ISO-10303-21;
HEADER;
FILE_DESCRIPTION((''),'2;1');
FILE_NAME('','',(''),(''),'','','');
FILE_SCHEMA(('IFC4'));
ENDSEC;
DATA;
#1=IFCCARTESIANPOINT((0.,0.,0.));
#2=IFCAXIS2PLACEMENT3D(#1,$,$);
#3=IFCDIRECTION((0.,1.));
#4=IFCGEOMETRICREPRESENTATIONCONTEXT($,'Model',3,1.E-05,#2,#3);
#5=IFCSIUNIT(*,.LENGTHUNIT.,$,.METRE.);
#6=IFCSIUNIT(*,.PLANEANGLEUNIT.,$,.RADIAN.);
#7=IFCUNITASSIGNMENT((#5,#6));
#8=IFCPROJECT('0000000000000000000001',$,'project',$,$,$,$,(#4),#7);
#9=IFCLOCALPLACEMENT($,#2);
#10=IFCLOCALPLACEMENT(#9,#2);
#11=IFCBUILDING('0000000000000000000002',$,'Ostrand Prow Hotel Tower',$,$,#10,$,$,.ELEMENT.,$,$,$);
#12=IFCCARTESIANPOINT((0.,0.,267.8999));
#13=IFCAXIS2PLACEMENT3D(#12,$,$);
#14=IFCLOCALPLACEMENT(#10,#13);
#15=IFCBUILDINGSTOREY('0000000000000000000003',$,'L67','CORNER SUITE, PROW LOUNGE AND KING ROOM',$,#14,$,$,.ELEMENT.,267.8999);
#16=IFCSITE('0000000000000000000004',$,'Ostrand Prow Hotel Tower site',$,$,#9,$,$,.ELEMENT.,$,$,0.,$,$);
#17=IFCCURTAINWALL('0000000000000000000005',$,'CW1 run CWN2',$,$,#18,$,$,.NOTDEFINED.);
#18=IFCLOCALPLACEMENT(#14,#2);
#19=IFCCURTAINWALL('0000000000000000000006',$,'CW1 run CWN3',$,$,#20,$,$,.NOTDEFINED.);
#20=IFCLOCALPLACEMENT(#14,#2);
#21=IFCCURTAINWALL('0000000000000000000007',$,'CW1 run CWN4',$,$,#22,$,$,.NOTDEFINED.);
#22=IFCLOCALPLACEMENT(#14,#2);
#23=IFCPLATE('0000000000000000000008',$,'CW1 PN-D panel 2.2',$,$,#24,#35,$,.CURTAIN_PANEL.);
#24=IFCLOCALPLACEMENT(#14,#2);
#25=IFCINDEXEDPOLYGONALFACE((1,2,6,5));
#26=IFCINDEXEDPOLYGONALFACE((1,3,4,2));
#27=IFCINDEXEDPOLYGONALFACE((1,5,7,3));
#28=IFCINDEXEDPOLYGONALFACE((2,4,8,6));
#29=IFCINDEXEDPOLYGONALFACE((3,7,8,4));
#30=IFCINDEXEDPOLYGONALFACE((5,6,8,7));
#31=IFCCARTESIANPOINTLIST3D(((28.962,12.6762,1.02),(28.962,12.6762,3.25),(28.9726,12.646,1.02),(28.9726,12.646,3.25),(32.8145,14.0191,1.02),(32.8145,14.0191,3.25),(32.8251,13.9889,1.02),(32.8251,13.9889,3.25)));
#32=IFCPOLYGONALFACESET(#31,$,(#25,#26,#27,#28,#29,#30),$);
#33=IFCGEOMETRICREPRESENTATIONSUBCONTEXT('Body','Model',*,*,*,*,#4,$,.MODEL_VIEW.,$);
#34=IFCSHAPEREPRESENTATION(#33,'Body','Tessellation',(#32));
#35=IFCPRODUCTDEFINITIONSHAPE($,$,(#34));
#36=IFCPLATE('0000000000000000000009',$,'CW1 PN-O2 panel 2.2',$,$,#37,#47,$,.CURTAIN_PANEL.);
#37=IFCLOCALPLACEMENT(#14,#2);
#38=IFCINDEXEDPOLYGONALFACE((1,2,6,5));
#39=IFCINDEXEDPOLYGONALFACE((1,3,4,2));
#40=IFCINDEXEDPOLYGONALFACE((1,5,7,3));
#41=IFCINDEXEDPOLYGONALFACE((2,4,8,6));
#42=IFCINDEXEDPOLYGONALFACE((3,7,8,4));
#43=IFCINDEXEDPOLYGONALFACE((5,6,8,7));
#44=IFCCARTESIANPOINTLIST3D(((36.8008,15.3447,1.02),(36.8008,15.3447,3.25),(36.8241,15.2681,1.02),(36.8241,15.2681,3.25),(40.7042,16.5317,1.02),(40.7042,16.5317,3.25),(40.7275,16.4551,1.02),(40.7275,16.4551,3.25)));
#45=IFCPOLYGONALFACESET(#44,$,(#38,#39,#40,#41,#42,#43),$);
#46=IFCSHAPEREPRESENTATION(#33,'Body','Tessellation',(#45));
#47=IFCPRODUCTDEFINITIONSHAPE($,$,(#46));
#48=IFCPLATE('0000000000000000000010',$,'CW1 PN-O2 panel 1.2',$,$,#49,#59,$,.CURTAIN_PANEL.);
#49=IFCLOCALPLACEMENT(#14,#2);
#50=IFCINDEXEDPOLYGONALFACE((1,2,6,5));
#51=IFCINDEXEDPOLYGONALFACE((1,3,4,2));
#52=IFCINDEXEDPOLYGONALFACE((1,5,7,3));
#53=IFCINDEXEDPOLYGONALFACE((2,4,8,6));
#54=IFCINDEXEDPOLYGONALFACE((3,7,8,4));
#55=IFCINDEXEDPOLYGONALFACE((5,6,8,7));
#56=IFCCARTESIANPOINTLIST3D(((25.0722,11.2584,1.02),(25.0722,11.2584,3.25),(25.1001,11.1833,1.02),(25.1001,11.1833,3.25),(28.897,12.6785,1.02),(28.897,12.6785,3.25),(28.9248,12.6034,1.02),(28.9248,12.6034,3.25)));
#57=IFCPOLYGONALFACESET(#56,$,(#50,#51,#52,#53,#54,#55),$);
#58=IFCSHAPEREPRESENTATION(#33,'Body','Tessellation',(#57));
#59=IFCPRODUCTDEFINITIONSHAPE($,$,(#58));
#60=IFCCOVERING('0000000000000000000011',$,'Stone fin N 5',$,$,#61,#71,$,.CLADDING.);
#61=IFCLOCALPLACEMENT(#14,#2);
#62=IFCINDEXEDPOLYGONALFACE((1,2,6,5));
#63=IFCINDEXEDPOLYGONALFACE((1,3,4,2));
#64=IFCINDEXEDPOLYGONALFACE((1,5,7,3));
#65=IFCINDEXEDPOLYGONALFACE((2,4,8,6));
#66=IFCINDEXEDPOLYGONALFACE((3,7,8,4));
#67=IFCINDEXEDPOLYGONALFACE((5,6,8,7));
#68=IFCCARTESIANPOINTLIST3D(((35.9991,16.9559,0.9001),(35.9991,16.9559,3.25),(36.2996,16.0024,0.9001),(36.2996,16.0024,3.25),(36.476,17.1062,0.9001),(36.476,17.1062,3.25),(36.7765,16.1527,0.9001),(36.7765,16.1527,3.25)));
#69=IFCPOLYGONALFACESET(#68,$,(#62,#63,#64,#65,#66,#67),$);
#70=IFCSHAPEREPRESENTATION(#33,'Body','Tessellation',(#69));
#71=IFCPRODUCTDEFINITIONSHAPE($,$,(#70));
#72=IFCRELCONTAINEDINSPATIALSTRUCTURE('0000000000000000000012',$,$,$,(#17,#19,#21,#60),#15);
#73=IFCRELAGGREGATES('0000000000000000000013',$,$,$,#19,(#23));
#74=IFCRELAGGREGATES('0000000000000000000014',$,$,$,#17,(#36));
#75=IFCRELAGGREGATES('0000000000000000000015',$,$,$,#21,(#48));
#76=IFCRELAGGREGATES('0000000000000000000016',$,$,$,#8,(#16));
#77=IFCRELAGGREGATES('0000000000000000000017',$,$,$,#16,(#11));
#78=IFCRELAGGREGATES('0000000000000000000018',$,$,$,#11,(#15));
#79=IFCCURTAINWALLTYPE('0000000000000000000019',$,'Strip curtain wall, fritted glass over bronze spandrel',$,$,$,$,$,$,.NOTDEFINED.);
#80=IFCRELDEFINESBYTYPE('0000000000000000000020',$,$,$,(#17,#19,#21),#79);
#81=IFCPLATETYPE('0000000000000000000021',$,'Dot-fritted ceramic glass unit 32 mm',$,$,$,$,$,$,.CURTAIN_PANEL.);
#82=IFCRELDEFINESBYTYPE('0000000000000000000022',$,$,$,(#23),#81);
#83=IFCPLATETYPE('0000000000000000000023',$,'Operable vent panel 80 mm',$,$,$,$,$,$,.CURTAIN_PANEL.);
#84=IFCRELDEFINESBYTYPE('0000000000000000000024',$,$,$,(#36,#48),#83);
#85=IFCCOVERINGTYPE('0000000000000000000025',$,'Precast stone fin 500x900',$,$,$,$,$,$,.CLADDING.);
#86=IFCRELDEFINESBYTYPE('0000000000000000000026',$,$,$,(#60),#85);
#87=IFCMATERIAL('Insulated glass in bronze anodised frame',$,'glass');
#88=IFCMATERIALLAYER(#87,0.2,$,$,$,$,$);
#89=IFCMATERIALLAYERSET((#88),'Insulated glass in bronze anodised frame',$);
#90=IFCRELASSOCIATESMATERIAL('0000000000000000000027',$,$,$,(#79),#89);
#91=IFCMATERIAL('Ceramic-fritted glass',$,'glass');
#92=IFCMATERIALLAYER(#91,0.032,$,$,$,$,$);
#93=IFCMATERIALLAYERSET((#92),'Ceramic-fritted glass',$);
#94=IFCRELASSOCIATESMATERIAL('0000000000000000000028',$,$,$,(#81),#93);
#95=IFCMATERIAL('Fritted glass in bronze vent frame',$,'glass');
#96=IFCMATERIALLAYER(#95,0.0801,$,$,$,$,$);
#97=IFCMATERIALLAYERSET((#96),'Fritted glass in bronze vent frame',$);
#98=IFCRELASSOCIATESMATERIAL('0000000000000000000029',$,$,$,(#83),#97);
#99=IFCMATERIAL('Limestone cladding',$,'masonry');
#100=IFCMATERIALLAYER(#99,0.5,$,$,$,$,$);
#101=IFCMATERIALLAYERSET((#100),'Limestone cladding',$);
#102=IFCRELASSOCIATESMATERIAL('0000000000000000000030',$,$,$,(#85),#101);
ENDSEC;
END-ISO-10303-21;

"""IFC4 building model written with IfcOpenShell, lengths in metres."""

from ifc_helpers import new_model, si_unit, direction, frame, frame_2d, origin, origin_2d, place, context, subcontext, project, spatial, rectangle, extrude, material, layer, layer_set, type_object, element, aggregate, save


model = new_model("IFC4")

# Units and contexts
model_context = context("Model", 3, precision=1e-05, world=origin(), true_north=direction((0.0, 1.0)))
body_context = subcontext(model_context, "Body", "Model", "MODEL_VIEW")
ifc_project = project(units=[si_unit("LENGTHUNIT", "METRE"), si_unit("PLANEANGLEUNIT", "RADIAN")], contexts=[model_context])

# Site, building, storey
site_placement = place(None, origin())
site = spatial("IfcSite", under=ifc_project, at=site_placement, Name="Ostrand Prow Hotel Tower site", CompositionType="ELEMENT", RefElevation=0.0)
building_placement = place(site_placement, origin())
building = spatial("IfcBuilding", under=site, at=building_placement, Name="Ostrand Prow Hotel Tower", CompositionType="ELEMENT")
storey_placement = place(building_placement, frame((0.0, 0.0, 267.8999)))
storey = spatial("IfcBuildingStorey", under=building, at=storey_placement, Name="L67", Description="CORNER SUITE, PROW LOUNGE AND KING ROOM", CompositionType="ELEMENT", Elevation=267.8999)

# Curtain walls
ifc_material_1 = material(Name="Insulated glass in bronze anodised frame", Category="glass")
ifc_layer_1 = layer(ifc_material_1, 0.2)
ifc_layer_set_1 = layer_set([ifc_layer_1], Name="Insulated glass in bronze anodised frame")
curtain_wall_type = type_object("IfcCurtainWallType", Name="Strip curtain wall, fritted glass over bronze spandrel", PredefinedType="NOTDEFINED", material=ifc_layer_set_1)
curtain_wall_1_placement = place(storey_placement, origin())
curtain_wall_1 = element("IfcCurtainWall", 1, at=curtain_wall_1_placement, inside=storey, type_object=curtain_wall_type, Name="CW1 run CWN2", PredefinedType="NOTDEFINED")
curtain_wall_2_placement = place(storey_placement, origin())
curtain_wall_2 = element("IfcCurtainWall", 2, at=curtain_wall_2_placement, inside=storey, type_object=curtain_wall_type, Name="CW1 run CWN3", PredefinedType="NOTDEFINED")

# Curtain wall
curtain_wall_3_placement = place(storey_placement, origin())
curtain_wall_3 = element("IfcCurtainWall", 3, at=curtain_wall_3_placement, inside=storey, type_object=curtain_wall_type, Name="CW1 run CWN4", PredefinedType="NOTDEFINED")

# Plates
ifc_material_2 = material(Name="Ceramic-fritted glass", Category="glass")
ifc_layer_2 = layer(ifc_material_2, 0.032)
ifc_layer_set_2 = layer_set([ifc_layer_2], Name="Ceramic-fritted glass")
plate_type_1 = type_object("IfcPlateType", Name="Dot-fritted ceramic glass unit 32 mm", PredefinedType="CURTAIN_PANEL", material=ifc_layer_set_2)
plate_1_placement = place(storey_placement, frame((30.8936, 13.3325, 1.02), z_axis=(0.0, 0.0, 1.0), x_axis=(-0.944275, -0.329158, 0.0)))
plate_1 = element("IfcPlate", 4, at=plate_1_placement, type_object=plate_type_1, Name="CW1 PN-D panel 2.2", PredefinedType="CURTAIN_PANEL", context=body_context, shape_type="SweptSolid", body=[
    extrude(rectangle(XDim=4.0798, YDim=0.032, at=origin_2d()), origin(), (0.0, 0.0, 1.0), 2.23),
])
aggregate(curtain_wall_2, [plate_1])
ifc_material_3 = material(Name="Fritted glass in bronze vent frame", Category="glass")
ifc_layer_3 = layer(ifc_material_3, 0.0801)
ifc_layer_set_3 = layer_set([ifc_layer_3], Name="Fritted glass in bronze vent frame")
plate_type_2 = type_object("IfcPlateType", Name="Operable vent panel 80 mm", PredefinedType="CURTAIN_PANEL", material=ifc_layer_set_3)
plate_2_placement = place(storey_placement, frame((38.7642, 15.8999, 1.02), z_axis=(0.0, 0.0, 1.0), x_axis=(-0.956742, -0.290938, 0.0)))
plate_2 = element("IfcPlate", 5, at=plate_2_placement, type_object=plate_type_2, Name="CW1 PN-O2 panel 2.2", PredefinedType="CURTAIN_PANEL", context=body_context, shape_type="SweptSolid", body=[
    extrude(rectangle(XDim=4.0798, YDim=0.0801, at=origin_2d()), origin(), (0.0, 0.0, 1.0), 2.23),
])
aggregate(curtain_wall_1, [plate_2])
plate_3_placement = place(storey_placement, frame((26.9985, 11.9309, 1.02), z_axis=(0.0, 0.0, 1.0), x_axis=(-0.937468, -0.348071, 0.0)))
plate_3 = element("IfcPlate", 6, at=plate_3_placement, type_object=plate_type_2, Name="CW1 PN-O2 panel 1.2", PredefinedType="CURTAIN_PANEL", context=body_context, shape_type="SweptSolid", body=[
    extrude(rectangle(XDim=4.0798, YDim=0.0801, at=origin_2d()), origin(), (0.0, 0.0, 1.0), 2.23),
])
aggregate(curtain_wall_3, [plate_3])

# Covering
ifc_material_4 = material(Name="Limestone cladding", Category="masonry")
ifc_layer_4 = layer(ifc_material_4, 0.5)
ifc_layer_set_4 = layer_set([ifc_layer_4], Name="Limestone cladding")
covering_type = type_object("IfcCoveringType", Name="Precast stone fin 500x900", PredefinedType="CLADDING", material=ifc_layer_set_4)
covering_placement = place(storey_placement, frame((36.5381, 16.0774, 0.9001), z_axis=(0.0, 0.0, 1.0), x_axis=(-0.300582, 0.953756, 0.0)))
element("IfcCovering", 7, at=covering_placement, inside=storey, type_object=covering_type, Name="Stone fin N 5", PredefinedType="CLADDING", context=body_context, shape_type="SweptSolid", body=[
    extrude(rectangle(XDim=0.9998, YDim=0.5, at=frame_2d((0.5, 0.0))), origin(), (0.0, 0.0, 1.0), 2.3499),
])

save(model, "model.ifc")
